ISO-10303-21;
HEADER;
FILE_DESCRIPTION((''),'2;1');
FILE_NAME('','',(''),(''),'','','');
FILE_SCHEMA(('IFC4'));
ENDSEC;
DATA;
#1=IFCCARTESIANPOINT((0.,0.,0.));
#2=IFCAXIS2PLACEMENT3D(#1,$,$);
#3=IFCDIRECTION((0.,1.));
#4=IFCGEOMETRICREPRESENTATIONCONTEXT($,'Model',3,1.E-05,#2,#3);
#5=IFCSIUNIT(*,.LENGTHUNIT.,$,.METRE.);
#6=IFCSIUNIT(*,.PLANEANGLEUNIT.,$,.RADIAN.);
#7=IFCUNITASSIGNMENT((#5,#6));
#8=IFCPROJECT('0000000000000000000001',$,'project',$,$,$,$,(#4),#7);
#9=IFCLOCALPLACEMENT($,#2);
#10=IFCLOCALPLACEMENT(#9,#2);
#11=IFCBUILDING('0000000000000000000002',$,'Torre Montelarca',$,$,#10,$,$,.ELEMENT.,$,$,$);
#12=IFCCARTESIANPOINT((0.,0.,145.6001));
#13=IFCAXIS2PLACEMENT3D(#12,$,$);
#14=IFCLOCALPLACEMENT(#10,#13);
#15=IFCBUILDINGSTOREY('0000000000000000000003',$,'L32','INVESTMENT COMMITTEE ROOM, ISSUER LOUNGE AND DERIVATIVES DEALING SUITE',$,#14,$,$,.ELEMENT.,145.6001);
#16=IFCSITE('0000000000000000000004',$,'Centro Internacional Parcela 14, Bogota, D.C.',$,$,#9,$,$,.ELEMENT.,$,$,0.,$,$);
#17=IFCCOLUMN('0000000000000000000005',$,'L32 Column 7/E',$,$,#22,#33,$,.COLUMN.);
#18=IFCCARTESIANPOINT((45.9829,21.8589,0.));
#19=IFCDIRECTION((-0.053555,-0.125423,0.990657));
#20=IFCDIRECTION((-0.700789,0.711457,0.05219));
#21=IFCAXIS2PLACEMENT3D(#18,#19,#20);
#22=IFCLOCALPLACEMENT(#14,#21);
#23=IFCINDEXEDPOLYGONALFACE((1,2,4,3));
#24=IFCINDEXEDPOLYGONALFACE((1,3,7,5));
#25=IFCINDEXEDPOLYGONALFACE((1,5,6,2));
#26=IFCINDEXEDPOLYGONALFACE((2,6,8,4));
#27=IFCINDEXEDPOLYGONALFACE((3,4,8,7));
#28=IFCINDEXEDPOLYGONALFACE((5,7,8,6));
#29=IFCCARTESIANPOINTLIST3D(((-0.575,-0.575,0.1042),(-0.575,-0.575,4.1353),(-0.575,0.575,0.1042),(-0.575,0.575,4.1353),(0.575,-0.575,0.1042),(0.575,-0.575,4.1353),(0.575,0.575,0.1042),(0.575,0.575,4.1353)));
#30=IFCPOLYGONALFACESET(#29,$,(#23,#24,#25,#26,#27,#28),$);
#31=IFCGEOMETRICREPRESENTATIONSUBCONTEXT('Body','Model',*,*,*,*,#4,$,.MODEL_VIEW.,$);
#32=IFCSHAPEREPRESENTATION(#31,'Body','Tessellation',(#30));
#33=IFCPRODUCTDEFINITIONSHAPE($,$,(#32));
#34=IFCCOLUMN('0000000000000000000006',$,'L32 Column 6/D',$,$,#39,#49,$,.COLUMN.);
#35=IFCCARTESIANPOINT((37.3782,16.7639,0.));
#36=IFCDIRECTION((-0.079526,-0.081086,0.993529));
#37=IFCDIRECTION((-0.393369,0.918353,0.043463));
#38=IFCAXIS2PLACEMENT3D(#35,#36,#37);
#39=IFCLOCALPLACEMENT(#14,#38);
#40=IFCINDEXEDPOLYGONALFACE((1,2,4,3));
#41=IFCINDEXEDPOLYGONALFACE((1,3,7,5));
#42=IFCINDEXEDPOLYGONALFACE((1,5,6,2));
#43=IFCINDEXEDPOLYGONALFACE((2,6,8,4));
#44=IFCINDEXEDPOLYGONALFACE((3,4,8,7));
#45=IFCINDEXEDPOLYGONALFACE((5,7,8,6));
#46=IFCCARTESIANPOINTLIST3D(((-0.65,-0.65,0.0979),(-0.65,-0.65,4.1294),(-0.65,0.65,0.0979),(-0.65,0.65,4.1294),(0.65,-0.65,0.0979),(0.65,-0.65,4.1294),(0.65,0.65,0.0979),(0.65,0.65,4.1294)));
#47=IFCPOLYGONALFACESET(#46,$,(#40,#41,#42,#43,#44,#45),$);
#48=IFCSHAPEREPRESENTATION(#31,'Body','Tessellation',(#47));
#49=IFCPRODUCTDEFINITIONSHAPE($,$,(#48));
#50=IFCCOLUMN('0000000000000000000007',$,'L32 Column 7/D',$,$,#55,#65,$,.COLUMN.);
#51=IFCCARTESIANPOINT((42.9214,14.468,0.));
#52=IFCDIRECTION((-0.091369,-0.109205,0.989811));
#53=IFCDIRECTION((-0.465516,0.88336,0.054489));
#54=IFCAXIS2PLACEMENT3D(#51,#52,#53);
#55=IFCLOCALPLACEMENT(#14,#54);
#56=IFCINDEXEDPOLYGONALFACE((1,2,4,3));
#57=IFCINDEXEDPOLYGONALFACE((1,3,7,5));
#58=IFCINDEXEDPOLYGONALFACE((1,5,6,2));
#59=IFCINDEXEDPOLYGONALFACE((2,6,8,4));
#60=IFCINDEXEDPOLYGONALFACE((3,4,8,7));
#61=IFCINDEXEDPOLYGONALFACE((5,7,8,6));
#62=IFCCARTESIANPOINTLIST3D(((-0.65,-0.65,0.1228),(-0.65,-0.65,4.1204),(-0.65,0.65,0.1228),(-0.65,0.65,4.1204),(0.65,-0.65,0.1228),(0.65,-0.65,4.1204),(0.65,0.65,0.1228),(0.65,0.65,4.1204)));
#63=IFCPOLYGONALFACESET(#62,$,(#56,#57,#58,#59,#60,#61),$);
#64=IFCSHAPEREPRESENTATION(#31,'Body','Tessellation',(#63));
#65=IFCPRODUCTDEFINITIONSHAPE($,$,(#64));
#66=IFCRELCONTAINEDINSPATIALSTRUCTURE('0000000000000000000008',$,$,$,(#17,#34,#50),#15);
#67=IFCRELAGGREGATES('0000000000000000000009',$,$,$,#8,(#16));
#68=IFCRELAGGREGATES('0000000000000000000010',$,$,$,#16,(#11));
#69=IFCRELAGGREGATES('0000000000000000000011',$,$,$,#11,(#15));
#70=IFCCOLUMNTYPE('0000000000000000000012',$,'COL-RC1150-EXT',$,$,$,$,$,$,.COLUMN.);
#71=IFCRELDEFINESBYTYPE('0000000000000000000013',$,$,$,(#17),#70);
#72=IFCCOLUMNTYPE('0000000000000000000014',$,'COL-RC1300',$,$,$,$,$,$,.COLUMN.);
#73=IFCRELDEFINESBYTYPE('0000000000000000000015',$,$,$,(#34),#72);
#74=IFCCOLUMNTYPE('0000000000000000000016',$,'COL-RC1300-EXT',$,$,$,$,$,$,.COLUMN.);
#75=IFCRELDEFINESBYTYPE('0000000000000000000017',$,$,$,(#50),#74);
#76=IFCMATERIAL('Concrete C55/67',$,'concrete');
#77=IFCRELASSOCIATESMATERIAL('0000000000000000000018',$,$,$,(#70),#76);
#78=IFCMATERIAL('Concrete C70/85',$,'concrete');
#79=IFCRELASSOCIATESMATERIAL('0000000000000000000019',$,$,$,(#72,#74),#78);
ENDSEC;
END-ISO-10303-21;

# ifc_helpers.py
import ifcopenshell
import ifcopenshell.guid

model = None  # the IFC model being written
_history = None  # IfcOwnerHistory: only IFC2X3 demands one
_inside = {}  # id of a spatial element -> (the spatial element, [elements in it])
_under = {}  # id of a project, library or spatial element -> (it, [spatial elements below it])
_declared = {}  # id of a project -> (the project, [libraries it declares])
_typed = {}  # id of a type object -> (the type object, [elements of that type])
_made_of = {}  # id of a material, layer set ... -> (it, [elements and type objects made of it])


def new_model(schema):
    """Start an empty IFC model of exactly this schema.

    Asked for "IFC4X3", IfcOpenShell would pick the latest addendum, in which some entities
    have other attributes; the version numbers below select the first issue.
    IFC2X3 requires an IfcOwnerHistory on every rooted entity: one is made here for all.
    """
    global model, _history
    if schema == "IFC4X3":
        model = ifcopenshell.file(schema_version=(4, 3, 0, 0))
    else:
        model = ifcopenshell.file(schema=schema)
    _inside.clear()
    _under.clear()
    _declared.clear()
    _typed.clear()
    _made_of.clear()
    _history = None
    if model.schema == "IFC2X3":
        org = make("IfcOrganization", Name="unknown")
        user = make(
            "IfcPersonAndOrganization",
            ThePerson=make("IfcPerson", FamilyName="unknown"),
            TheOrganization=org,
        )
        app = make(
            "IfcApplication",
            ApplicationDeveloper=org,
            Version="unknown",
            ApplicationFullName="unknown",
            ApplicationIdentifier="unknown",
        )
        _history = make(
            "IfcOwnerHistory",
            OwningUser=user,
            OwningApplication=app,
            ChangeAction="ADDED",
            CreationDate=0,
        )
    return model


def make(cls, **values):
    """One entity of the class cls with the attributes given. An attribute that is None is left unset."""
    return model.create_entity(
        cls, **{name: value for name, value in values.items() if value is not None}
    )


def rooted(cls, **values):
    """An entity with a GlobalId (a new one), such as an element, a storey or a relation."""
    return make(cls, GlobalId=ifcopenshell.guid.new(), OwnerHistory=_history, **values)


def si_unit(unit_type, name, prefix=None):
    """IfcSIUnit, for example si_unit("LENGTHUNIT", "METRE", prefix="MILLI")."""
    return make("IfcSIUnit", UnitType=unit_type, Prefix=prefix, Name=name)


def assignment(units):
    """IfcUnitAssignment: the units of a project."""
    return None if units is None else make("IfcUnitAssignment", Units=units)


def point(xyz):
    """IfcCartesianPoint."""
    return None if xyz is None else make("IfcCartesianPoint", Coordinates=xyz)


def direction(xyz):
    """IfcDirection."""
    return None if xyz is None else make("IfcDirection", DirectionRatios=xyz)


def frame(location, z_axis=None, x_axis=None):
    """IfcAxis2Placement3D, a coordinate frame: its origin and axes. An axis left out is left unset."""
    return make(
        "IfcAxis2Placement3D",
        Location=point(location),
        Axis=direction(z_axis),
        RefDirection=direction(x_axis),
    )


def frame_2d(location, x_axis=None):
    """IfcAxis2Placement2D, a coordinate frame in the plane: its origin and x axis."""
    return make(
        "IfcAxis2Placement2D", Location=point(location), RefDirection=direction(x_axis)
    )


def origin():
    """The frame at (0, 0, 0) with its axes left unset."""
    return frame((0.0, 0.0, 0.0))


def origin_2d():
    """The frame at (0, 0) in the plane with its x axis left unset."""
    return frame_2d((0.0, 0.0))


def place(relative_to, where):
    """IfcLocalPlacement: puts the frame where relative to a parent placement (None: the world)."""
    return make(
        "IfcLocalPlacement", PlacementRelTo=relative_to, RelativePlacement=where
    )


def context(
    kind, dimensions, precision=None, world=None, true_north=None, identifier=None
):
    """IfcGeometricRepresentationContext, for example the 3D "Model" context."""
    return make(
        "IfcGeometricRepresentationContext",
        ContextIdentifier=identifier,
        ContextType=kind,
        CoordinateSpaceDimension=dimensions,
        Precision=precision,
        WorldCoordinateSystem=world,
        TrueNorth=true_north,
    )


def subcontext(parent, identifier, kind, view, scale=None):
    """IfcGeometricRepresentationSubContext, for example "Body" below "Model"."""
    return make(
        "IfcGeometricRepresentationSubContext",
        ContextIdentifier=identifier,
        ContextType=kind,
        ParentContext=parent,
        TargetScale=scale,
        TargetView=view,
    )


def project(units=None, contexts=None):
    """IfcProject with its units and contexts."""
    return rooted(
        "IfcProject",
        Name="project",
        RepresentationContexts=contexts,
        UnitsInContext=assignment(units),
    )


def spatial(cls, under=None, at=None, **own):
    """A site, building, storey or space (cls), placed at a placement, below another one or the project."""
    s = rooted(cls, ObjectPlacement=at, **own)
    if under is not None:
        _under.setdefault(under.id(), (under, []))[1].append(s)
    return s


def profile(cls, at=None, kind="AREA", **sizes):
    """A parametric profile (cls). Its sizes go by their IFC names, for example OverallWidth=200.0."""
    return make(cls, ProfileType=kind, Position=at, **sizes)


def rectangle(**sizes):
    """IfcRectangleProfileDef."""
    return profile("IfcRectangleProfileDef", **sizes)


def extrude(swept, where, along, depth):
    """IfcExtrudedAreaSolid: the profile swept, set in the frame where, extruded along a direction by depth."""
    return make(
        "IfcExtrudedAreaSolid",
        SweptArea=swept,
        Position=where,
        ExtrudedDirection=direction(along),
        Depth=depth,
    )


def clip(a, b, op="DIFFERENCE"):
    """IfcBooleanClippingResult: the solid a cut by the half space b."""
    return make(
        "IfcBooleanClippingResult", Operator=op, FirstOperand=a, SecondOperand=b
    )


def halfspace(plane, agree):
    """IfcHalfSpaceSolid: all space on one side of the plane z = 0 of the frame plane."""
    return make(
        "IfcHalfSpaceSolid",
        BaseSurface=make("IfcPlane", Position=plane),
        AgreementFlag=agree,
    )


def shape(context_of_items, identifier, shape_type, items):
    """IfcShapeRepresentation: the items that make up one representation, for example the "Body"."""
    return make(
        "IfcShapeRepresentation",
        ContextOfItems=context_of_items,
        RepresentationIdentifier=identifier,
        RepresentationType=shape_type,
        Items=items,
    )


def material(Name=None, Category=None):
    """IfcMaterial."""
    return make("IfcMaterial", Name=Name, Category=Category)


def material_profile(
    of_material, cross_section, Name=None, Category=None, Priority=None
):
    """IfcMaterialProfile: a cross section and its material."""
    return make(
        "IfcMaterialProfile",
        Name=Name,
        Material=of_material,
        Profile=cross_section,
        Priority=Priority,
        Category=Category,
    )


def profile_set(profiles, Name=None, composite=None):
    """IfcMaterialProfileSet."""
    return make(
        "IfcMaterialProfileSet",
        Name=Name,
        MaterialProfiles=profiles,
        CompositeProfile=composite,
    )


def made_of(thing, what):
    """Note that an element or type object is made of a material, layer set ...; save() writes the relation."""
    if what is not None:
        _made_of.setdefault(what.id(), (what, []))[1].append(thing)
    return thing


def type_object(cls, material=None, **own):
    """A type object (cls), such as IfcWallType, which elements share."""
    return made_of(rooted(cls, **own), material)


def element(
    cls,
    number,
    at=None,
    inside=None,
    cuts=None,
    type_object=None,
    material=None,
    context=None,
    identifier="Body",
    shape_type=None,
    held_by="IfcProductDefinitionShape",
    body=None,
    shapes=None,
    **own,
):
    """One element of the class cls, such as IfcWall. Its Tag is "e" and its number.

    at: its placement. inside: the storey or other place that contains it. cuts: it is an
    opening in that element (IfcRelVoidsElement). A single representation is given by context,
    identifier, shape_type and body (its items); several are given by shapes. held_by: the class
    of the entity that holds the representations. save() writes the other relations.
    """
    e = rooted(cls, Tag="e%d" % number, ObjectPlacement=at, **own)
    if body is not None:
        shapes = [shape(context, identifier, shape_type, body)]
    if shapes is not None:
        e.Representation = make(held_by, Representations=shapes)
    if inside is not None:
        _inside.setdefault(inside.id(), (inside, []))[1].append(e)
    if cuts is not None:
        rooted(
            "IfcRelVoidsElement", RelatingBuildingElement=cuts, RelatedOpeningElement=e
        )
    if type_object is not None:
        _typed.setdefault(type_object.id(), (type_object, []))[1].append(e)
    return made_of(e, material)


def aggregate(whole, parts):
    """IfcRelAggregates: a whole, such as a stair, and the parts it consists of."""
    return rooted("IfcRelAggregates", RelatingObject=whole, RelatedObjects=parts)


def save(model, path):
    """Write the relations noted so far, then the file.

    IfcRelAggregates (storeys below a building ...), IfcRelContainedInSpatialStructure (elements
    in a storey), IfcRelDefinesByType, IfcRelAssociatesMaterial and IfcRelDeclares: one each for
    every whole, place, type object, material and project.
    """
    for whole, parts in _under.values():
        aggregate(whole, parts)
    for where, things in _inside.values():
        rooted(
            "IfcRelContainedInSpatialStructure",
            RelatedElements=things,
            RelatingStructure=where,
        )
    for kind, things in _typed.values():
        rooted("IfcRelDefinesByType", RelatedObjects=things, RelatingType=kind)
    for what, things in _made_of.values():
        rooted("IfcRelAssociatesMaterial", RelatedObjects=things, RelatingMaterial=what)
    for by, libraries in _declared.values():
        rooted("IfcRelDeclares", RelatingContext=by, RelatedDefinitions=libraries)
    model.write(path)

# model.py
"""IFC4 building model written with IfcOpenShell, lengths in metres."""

from ifc_helpers import new_model, si_unit, direction, frame, origin, origin_2d, place, context, subcontext, project, spatial, rectangle, extrude, clip, halfspace, material, material_profile, profile_set, type_object, element, save


model = new_model("IFC4")

# Units and contexts
model_context = context("Model", 3, precision=1e-05, world=origin(), true_north=direction((0.0, 1.0)))
body_context = subcontext(model_context, "Body", "Model", "MODEL_VIEW")
ifc_project = project(units=[si_unit("LENGTHUNIT", "METRE"), si_unit("PLANEANGLEUNIT", "RADIAN")], contexts=[model_context])

# Site, building, storey
site_placement = place(None, origin())
site = spatial("IfcSite", under=ifc_project, at=site_placement, Name="Centro Internacional Parcela 14, Bogota, D.C.", CompositionType="ELEMENT", RefElevation=0.0)
building_placement = place(site_placement, origin())
building = spatial("IfcBuilding", under=site, at=building_placement, Name="Torre Montelarca", CompositionType="ELEMENT")
storey_placement = place(building_placement, frame((0.0, 0.0, 145.6001)))
storey = spatial("IfcBuildingStorey", under=building, at=storey_placement, Name="L32", Description="INVESTMENT COMMITTEE ROOM, ISSUER LOUNGE AND DERIVATIVES DEALING SUITE", CompositionType="ELEMENT", Elevation=145.6001)

# Columns
ifc_material_1 = material(Name="Concrete C55/67", Category="concrete")
ifc_material_profile_1 = material_profile(ifc_material_1, rectangle(XDim=1.1499, YDim=1.1499, at=origin_2d()), Name="RC1150X1150", Category="concrete")
ifc_profile_set_1 = profile_set([ifc_material_profile_1], Name="Concrete C55/67")
column_type_1 = type_object("IfcColumnType", Name="COL-RC1150-EXT", PredefinedType="COLUMN", material=ifc_profile_set_1)
column_1_placement = place(storey_placement, frame((45.9829, 21.8589, 0.0), z_axis=(-0.053555, -0.125423, 0.990657), x_axis=(-0.700789, 0.711457, 0.05219)))
element("IfcColumn", 1, at=column_1_placement, inside=storey, type_object=column_type_1, Name="L32 Column 7/E", PredefinedType="COLUMN", context=body_context, shape_type="Clipping", body=[
    clip(clip(extrude(rectangle(XDim=1.1499, YDim=1.1499, at=origin_2d()), origin(), (0.0, 0.0, 1.0), 4.2395), halfspace(frame((0.0, 0.0, 0.1042), z_axis=(0.0, 0.0, -1.0), x_axis=(1.0, 0.0, 0.0)), False)), halfspace(frame((0.0, 0.0, 4.1353), z_axis=(0.0, 0.0, 1.0), x_axis=(1.0, 0.0, 0.0)), False)),
])
ifc_material_2 = material(Name="Concrete C70/85", Category="concrete")
ifc_material_profile_2 = material_profile(ifc_material_2, rectangle(XDim=1.3, YDim=1.3, at=origin_2d()), Name="RC1300X1300", Category="concrete")
ifc_profile_set_2 = profile_set([ifc_material_profile_2], Name="Concrete C70/85")
column_type_2 = type_object("IfcColumnType", Name="COL-RC1300", PredefinedType="COLUMN", material=ifc_profile_set_2)
column_2_placement = place(storey_placement, frame((37.3782, 16.7639, 0.0), z_axis=(-0.079526, -0.081086, 0.993529), x_axis=(-0.393369, 0.918353, 0.043463)))
element("IfcColumn", 2, at=column_2_placement, inside=storey, type_object=column_type_2, Name="L32 Column 6/D", PredefinedType="COLUMN", context=body_context, shape_type="Clipping", body=[
    clip(clip(extrude(rectangle(XDim=1.3, YDim=1.3, at=origin_2d()), origin(), (0.0, 0.0, 1.0), 4.2273), halfspace(frame((0.0, 0.0, 0.0979), z_axis=(0.0, 0.0, -1.0), x_axis=(1.0, 0.0, 0.0)), False)), halfspace(frame((0.0, 0.0, 4.1294), z_axis=(0.0, 0.0, 1.0), x_axis=(1.0, 0.0, 0.0)), False)),
])
ifc_material_profile_3 = material_profile(ifc_material_2, rectangle(XDim=1.3, YDim=1.3, at=origin_2d()), Name="RC1300X1300", Category="concrete")
ifc_profile_set_3 = profile_set([ifc_material_profile_3], Name="Concrete C70/85")
column_type_3 = type_object("IfcColumnType", Name="COL-RC1300-EXT", PredefinedType="COLUMN", material=ifc_profile_set_3)
column_3_placement = place(storey_placement, frame((42.9214, 14.468, 0.0), z_axis=(-0.091369, -0.109205, 0.989811), x_axis=(-0.465516, 0.88336, 0.054489)))
element("IfcColumn", 3, at=column_3_placement, inside=storey, type_object=column_type_3, Name="L32 Column 7/D", PredefinedType="COLUMN", context=body_context, shape_type="Clipping", body=[
    clip(clip(extrude(rectangle(XDim=1.3, YDim=1.3, at=origin_2d()), origin(), (0.0, 0.0, 1.0), 4.2432), halfspace(frame((0.0, 0.0, 0.1228), z_axis=(0.0, 0.0, -1.0), x_axis=(1.0, 0.0, 0.0)), False)), halfspace(frame((0.0, 0.0, 4.1204), z_axis=(0.0, 0.0, 1.0), x_axis=(1.0, 0.0, 0.0)), False)),
])

save(model, "model.ifc")
